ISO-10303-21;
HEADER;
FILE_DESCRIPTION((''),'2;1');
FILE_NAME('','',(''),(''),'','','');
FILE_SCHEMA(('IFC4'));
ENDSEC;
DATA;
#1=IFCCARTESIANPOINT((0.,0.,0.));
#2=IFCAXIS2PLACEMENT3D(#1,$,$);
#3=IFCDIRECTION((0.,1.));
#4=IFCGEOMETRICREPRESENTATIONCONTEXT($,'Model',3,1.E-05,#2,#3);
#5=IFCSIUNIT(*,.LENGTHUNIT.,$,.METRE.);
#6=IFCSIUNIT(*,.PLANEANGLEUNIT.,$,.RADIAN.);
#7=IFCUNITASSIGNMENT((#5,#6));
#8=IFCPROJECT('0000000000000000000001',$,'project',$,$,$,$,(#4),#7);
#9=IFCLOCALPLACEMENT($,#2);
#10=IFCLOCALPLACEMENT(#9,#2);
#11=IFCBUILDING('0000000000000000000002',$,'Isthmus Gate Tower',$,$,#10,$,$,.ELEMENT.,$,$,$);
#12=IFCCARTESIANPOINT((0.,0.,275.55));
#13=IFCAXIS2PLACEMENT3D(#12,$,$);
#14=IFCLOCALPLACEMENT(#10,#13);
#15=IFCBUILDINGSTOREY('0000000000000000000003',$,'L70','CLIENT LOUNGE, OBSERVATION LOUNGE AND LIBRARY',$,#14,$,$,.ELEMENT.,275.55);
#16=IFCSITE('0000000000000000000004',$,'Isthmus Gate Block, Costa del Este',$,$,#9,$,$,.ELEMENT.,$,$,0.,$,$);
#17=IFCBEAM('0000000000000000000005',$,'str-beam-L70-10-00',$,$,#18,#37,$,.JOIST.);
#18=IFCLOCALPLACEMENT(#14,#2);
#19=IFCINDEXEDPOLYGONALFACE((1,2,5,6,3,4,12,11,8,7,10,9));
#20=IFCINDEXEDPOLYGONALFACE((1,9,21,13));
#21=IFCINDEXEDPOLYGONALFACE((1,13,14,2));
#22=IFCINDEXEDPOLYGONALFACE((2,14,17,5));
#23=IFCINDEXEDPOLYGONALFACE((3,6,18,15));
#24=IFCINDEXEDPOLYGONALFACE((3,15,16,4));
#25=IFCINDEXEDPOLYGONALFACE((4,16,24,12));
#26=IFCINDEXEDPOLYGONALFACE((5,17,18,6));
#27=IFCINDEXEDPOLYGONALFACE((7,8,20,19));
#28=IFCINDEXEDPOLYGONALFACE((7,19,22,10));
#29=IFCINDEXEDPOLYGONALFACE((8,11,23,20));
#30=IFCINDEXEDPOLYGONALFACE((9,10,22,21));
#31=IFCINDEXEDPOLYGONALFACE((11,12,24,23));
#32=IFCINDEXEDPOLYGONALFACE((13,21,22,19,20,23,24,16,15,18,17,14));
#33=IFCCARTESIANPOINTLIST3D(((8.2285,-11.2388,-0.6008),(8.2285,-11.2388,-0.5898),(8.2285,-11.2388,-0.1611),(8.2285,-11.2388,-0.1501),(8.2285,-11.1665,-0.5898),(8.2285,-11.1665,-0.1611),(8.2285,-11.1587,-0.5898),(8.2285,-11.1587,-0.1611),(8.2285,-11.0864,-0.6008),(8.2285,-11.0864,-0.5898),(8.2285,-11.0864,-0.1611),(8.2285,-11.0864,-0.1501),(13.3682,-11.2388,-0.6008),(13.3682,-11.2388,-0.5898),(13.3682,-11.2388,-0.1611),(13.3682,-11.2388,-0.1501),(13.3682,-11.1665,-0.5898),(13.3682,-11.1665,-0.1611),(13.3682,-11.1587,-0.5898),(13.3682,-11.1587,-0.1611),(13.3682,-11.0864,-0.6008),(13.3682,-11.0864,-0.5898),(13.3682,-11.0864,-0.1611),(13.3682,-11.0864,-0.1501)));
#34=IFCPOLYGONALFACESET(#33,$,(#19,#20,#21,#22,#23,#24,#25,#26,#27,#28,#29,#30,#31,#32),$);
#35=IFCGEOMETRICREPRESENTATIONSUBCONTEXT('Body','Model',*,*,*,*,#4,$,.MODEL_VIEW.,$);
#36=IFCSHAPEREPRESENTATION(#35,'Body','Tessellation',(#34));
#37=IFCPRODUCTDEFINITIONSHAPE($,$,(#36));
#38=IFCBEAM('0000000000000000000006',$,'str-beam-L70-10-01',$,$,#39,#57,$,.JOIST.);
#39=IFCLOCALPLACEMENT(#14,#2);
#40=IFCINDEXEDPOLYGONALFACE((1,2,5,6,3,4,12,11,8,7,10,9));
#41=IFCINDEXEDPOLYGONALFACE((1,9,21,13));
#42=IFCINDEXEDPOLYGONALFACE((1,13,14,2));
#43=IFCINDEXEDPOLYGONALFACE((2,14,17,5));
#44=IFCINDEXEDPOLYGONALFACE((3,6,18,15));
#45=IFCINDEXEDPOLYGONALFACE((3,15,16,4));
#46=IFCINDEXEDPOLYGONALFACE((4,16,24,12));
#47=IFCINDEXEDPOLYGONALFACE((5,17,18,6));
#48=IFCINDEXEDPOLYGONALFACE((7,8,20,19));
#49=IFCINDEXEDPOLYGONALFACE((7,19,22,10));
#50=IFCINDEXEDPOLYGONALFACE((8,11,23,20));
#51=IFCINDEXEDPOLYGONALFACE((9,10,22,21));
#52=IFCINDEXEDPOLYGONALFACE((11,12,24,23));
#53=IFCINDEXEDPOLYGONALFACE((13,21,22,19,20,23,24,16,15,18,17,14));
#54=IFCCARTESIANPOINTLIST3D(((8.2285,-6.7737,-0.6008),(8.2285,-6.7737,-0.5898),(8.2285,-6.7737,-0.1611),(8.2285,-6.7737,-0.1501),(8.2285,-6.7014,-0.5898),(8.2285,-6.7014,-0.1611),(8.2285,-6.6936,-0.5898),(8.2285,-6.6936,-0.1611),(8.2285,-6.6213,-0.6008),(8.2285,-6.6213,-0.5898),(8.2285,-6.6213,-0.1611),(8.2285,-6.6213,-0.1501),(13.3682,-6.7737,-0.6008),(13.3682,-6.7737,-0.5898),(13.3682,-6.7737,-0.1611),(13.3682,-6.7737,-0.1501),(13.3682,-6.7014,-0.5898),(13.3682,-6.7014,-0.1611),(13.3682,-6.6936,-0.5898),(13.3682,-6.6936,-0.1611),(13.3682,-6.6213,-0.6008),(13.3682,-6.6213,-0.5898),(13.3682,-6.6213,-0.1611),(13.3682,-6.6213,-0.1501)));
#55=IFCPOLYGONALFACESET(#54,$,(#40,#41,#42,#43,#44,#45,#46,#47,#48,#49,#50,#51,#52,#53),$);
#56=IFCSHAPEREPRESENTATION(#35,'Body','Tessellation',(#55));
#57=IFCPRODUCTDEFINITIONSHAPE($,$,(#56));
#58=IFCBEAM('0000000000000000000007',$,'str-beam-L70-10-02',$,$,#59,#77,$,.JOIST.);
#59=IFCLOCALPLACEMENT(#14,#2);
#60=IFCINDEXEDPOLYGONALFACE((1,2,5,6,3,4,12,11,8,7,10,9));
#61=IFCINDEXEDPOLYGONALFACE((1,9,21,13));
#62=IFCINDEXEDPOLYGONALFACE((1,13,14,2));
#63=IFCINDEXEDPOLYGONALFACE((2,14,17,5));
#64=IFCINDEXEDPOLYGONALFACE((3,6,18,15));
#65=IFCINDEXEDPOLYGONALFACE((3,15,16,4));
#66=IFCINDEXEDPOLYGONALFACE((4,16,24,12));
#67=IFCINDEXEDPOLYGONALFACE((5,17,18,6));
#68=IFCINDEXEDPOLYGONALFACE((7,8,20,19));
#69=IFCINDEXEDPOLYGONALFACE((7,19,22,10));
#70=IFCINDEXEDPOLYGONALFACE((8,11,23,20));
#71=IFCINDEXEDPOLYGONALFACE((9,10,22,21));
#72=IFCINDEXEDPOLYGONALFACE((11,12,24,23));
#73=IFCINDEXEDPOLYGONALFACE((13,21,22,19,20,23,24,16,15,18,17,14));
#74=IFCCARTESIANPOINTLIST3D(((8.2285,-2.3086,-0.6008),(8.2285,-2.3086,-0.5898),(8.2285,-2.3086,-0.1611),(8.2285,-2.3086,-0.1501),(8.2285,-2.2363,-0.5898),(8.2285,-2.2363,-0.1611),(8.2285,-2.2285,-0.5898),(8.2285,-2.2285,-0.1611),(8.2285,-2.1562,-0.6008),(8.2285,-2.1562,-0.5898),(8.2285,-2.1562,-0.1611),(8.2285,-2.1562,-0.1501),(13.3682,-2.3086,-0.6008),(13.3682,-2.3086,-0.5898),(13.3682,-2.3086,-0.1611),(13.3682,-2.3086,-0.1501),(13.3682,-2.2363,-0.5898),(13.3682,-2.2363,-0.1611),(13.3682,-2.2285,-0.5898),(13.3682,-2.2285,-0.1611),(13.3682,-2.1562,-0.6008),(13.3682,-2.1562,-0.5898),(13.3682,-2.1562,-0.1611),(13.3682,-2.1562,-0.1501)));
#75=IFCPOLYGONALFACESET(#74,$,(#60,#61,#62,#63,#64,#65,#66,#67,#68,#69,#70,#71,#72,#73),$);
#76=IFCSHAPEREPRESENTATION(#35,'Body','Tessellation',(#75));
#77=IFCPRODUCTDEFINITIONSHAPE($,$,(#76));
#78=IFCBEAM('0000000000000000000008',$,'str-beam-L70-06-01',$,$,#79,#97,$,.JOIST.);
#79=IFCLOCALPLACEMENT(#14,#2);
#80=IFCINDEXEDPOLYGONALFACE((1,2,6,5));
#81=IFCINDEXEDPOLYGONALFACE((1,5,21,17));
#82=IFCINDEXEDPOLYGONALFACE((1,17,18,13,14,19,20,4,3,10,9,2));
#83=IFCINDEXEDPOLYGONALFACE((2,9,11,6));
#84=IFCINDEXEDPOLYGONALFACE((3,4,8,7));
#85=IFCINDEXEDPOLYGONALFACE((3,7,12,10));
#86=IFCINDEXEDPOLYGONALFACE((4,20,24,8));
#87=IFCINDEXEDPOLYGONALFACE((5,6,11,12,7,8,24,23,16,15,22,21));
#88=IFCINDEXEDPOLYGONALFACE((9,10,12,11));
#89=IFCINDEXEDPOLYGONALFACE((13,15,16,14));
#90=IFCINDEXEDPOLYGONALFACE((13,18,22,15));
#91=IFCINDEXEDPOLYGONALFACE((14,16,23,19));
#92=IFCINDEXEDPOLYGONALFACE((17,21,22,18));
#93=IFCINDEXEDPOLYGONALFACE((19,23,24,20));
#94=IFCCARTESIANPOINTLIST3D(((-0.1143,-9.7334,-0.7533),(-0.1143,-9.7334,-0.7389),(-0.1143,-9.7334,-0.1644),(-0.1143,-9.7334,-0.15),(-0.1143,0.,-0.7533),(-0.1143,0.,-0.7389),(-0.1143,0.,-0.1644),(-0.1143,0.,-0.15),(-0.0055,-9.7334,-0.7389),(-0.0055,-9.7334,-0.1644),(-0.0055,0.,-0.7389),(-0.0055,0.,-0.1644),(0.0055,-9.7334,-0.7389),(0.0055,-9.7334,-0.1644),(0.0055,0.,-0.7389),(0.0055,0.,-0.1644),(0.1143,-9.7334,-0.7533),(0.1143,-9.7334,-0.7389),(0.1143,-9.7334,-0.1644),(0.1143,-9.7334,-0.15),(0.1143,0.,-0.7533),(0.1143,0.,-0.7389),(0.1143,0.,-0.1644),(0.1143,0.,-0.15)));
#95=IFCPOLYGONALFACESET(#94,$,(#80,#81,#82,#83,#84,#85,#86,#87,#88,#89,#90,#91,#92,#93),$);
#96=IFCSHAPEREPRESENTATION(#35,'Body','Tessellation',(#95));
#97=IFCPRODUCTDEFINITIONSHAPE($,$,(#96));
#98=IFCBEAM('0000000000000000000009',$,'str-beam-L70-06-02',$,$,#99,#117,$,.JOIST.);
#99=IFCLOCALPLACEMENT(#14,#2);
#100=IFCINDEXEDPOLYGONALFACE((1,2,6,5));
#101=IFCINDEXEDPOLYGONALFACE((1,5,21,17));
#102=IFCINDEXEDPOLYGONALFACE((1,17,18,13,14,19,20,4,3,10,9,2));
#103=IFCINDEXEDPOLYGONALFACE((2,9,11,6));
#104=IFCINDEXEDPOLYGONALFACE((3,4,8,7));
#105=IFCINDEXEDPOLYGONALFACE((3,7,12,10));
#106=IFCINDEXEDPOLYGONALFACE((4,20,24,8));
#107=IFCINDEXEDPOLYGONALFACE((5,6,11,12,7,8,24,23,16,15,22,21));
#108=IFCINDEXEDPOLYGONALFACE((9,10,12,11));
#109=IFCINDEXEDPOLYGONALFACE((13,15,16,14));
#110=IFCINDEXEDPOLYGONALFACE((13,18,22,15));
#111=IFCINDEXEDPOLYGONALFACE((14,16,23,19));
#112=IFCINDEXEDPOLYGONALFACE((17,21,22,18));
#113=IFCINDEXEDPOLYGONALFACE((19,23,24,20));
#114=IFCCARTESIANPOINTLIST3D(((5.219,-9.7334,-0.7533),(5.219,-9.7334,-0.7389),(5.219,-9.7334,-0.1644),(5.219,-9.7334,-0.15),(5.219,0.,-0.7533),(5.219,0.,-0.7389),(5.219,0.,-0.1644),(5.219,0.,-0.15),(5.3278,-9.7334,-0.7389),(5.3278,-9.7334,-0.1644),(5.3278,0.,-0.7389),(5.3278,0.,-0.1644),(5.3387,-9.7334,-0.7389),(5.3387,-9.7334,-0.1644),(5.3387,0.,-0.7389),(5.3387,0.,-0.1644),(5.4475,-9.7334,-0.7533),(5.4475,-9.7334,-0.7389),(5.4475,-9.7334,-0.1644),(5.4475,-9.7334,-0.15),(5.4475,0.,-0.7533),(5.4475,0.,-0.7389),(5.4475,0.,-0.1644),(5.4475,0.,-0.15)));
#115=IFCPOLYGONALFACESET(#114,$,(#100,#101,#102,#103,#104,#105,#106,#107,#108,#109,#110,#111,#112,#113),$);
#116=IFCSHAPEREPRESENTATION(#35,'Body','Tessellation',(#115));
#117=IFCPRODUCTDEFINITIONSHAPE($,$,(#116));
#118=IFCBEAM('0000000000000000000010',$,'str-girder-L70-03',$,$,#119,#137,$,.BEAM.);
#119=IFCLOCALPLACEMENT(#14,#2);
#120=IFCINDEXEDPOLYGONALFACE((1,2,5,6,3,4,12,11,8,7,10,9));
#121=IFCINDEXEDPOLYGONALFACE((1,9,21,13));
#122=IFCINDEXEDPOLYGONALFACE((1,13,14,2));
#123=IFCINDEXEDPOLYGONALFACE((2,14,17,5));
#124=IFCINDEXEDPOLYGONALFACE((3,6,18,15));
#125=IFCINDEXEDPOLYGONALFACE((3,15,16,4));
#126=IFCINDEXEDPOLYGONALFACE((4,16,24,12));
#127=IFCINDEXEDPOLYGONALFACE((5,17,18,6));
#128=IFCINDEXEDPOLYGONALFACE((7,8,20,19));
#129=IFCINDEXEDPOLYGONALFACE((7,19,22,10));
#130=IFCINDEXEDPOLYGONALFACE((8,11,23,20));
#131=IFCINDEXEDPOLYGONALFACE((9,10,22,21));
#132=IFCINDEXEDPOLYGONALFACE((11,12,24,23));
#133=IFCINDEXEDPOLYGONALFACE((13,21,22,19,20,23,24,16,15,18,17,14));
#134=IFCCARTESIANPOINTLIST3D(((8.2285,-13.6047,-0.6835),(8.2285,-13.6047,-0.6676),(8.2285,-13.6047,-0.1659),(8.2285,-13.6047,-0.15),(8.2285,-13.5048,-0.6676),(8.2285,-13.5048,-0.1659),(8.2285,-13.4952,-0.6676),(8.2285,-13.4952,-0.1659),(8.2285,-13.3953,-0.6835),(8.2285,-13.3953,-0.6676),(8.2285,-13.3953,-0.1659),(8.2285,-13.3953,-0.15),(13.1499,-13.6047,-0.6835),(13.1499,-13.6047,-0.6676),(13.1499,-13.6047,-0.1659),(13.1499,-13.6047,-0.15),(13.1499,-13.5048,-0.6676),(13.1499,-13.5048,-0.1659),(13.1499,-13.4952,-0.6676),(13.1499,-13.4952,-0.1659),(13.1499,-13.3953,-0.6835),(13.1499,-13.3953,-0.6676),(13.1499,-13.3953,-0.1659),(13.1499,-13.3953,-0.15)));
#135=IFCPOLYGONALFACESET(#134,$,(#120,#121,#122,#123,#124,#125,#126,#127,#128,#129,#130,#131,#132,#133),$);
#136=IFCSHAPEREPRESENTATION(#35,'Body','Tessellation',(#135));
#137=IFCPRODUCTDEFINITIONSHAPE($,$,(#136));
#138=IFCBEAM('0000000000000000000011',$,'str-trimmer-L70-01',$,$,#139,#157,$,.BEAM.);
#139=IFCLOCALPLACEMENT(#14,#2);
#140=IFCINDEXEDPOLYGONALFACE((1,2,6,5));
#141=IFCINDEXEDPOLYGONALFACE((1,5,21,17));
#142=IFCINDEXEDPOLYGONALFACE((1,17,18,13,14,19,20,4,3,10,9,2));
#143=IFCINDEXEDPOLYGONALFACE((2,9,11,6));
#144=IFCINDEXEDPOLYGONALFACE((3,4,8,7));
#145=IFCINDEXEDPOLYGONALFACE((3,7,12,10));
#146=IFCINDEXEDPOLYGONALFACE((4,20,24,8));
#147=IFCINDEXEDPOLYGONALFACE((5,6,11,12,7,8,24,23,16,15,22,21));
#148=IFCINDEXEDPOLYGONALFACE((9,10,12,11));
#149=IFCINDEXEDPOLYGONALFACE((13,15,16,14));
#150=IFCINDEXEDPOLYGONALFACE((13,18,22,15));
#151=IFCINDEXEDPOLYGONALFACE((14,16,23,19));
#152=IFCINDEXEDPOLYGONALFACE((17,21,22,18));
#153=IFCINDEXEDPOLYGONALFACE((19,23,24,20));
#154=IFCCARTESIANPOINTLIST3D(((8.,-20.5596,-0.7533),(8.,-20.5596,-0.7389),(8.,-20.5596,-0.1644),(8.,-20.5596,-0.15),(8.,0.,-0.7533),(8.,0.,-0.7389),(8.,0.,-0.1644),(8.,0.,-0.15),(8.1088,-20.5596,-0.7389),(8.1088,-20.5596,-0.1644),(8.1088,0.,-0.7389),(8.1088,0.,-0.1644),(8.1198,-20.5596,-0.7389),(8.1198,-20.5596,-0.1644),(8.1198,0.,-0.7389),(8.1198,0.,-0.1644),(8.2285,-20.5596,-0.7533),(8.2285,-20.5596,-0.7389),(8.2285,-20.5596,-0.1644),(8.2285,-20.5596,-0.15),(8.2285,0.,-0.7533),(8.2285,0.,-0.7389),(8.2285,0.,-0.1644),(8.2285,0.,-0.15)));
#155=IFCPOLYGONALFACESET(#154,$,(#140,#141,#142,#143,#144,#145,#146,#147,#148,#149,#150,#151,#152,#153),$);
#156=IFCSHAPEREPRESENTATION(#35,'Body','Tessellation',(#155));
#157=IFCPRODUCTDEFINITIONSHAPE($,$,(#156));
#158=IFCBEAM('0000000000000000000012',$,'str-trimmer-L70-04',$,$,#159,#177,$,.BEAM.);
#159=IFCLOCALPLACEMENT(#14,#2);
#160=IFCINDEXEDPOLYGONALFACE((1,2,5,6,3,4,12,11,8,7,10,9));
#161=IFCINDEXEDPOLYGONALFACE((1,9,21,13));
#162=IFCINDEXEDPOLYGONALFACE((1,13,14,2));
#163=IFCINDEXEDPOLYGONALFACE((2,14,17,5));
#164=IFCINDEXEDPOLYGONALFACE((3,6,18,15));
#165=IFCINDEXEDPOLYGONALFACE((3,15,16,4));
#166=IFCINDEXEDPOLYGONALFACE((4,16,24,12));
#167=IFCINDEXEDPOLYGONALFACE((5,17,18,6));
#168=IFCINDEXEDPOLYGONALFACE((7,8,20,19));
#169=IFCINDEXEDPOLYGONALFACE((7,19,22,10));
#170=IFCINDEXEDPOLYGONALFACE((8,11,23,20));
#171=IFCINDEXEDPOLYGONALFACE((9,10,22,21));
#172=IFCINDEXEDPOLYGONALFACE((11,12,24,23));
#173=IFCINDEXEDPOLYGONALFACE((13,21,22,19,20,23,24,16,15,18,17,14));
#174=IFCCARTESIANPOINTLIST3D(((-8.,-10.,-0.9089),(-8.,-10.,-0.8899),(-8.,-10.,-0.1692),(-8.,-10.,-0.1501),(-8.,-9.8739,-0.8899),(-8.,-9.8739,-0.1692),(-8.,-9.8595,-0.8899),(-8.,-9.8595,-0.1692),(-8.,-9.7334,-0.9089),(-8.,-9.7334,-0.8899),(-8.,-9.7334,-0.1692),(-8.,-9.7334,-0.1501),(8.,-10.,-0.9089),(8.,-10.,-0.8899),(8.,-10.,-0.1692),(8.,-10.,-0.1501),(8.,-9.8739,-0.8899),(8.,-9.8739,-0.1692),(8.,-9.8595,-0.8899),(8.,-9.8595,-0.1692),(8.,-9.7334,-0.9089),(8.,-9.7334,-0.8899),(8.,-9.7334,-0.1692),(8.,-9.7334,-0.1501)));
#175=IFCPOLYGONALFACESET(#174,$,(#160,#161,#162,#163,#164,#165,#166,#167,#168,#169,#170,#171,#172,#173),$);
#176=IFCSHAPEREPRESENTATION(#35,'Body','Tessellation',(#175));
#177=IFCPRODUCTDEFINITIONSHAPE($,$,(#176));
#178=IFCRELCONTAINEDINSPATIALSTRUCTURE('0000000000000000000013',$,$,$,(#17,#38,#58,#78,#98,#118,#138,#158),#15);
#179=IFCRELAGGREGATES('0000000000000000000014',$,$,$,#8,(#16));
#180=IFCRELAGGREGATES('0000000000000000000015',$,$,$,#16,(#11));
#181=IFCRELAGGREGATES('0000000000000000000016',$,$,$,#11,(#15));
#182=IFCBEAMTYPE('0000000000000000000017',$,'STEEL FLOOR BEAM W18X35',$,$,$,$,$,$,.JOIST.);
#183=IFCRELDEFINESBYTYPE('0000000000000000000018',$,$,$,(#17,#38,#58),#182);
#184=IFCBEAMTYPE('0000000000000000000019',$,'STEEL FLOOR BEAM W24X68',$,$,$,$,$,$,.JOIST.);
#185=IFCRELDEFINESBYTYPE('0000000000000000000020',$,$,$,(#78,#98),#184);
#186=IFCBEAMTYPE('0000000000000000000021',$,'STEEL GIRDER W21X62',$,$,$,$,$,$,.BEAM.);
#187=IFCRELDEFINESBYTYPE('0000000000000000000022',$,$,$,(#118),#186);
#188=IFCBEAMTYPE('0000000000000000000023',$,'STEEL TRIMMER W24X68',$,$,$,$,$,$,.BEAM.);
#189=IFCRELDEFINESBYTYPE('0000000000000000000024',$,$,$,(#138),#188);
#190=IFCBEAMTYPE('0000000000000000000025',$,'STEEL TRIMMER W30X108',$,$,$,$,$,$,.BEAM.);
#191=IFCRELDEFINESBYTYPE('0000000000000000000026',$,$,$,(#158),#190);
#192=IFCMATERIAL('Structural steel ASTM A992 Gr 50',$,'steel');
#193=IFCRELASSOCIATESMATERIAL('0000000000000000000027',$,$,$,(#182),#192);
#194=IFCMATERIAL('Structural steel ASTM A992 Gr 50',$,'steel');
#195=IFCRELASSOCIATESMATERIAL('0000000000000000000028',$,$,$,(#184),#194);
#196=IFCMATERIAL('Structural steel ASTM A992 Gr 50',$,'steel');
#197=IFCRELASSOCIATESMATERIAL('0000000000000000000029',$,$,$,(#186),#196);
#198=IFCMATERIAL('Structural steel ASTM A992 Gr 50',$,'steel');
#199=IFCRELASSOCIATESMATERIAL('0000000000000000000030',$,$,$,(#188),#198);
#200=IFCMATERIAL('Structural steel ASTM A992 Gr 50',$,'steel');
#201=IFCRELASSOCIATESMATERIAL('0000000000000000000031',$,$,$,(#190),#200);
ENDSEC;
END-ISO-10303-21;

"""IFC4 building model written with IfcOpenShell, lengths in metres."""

from ifc_helpers import new_model, si_unit, direction, frame, origin, origin_2d, place, context, subcontext, project, spatial, i_section, extrude, material, material_profile, profile_set, type_object, element, save


model = new_model("IFC4")

# Units and contexts
model_context = context("Model", 3, precision=1e-05, world=origin(), true_north=direction((0.0, 1.0)))
body_context = subcontext(model_context, "Body", "Model", "MODEL_VIEW")
ifc_project = project(units=[si_unit("LENGTHUNIT", "METRE"), si_unit("PLANEANGLEUNIT", "RADIAN")], contexts=[model_context])

# Site, building, storey
site_placement = place(None, origin())
site = spatial("IfcSite", under=ifc_project, at=site_placement, Name="Isthmus Gate Block, Costa del Este", CompositionType="ELEMENT", RefElevation=0.0)
building_placement = place(site_placement, origin())
building = spatial("IfcBuilding", under=site, at=building_placement, Name="Isthmus Gate Tower", CompositionType="ELEMENT")
storey_placement = place(building_placement, frame((0.0, 0.0, 275.55)))
storey = spatial("IfcBuildingStorey", under=building, at=storey_placement, Name="L70", Description="CLIENT LOUNGE, OBSERVATION LOUNGE AND LIBRARY", CompositionType="ELEMENT", Elevation=275.55)

# Beams
ifc_material_1 = material(Name="Structural steel ASTM A992 Gr 50", Category="steel")
ifc_material_profile_1 = material_profile(ifc_material_1, i_section(OverallWidth=0.1523, OverallDepth=0.4507, WebThickness=0.0078, FlangeThickness=0.011, at=origin_2d()), Name="W18X35")
ifc_profile_set_1 = profile_set([ifc_material_profile_1], Name="Structural steel ASTM A992 Gr 50")
beam_type_1 = type_object("IfcBeamType", Name="STEEL FLOOR BEAM W18X35", PredefinedType="JOIST", material=ifc_profile_set_1)
for number, where, z_axis, x_axis, name in (
    (1, (8.2285, -11.1626, -0.3755), (1.0, 0.0, 0.0), (0.0, 1.0, 0.0), "str-beam-L70-10-00"),
    (2, (8.2285, -6.6975, -0.3755), (1.0, 0.0, 0.0), (0.0, 1.0, 0.0), "str-beam-L70-10-01"),
    (3, (8.2285, -2.2324, -0.3755), (1.0, 0.0, 0.0), (0.0, 1.0, 0.0), "str-beam-L70-10-02"),
):
    element("IfcBeam", number, at=place(storey_placement, frame(where, z_axis=z_axis, x_axis=x_axis)), inside=storey, type_object=beam_type_1, Name=name, PredefinedType="JOIST", context=body_context, shape_type="SweptSolid", body=[
        extrude(i_section(OverallWidth=0.1523, OverallDepth=0.4507, WebThickness=0.0078, FlangeThickness=0.011, at=origin_2d()), origin(), (0.0, 0.0, 1.0), 5.1396),
    ])
ifc_material_2 = material(Name="Structural steel ASTM A992 Gr 50", Category="steel")
ifc_material_profile_2 = material_profile(ifc_material_2, i_section(OverallWidth=0.2285, OverallDepth=0.6033, WebThickness=0.011, FlangeThickness=0.0144, at=origin_2d()), Name="W24X68")
ifc_profile_set_2 = profile_set([ifc_material_profile_2], Name="Structural steel ASTM A992 Gr 50")
beam_type_2 = type_object("IfcBeamType", Name="STEEL FLOOR BEAM W24X68", PredefinedType="JOIST", material=ifc_profile_set_2)
for number, where, z_axis, x_axis, name in (
    (4, (0.0, -9.7334, -0.4517), (0.0, 1.0, 0.0), (-1.0, 0.0, 0.0), "str-beam-L70-06-01"),
    (5, (5.3333, -9.7334, -0.4517), (0.0, 1.0, 0.0), (-1.0, 0.0, 0.0), "str-beam-L70-06-02"),
):
    element("IfcBeam", number, at=place(storey_placement, frame(where, z_axis=z_axis, x_axis=x_axis)), inside=storey, type_object=beam_type_2, Name=name, PredefinedType="JOIST", context=body_context, shape_type="SweptSolid", body=[
        extrude(i_section(OverallWidth=0.2285, OverallDepth=0.6033, WebThickness=0.011, FlangeThickness=0.0144, at=origin_2d()), origin(), (0.0, 0.0, 1.0), 9.7334),
    ])
ifc_material_3 = material(Name="Structural steel ASTM A992 Gr 50", Category="steel")
ifc_material_profile_3 = material_profile(ifc_material_3, i_section(OverallWidth=0.2095, OverallDepth=0.5334, WebThickness=0.0095, FlangeThickness=0.0159, at=origin_2d()), Name="W21X62")
ifc_profile_set_3 = profile_set([ifc_material_profile_3], Name="Structural steel ASTM A992 Gr 50")
beam_type_3 = type_object("IfcBeamType", Name="STEEL GIRDER W21X62", PredefinedType="BEAM", material=ifc_profile_set_3)
beam_1_placement = place(storey_placement, frame((8.2285, -13.5, -0.4167), z_axis=(1.0, 0.0, 0.0), x_axis=(0.0, 1.0, 0.0)))
element("IfcBeam", 6, at=beam_1_placement, inside=storey, type_object=beam_type_3, Name="str-girder-L70-03", PredefinedType="BEAM", context=body_context, shape_type="SweptSolid", body=[
    extrude(i_section(OverallWidth=0.2095, OverallDepth=0.5334, WebThickness=0.0095, FlangeThickness=0.0159, at=origin_2d()), origin(), (0.0, 0.0, 1.0), 4.9214),
])
ifc_material_4 = material(Name="Structural steel ASTM A992 Gr 50", Category="steel")
ifc_material_profile_4 = material_profile(ifc_material_4, i_section(OverallWidth=0.2285, OverallDepth=0.6033, WebThickness=0.011, FlangeThickness=0.0144, at=origin_2d()), Name="W24X68")
ifc_profile_set_4 = profile_set([ifc_material_profile_4], Name="Structural steel ASTM A992 Gr 50")
beam_type_4 = type_object("IfcBeamType", Name="STEEL TRIMMER W24X68", PredefinedType="BEAM", material=ifc_profile_set_4)
beam_2_placement = place(storey_placement, frame((8.1143, -20.5596, -0.4517), z_axis=(0.0, 1.0, 0.0), x_axis=(-1.0, 0.0, 0.0)))
element("IfcBeam", 7, at=beam_2_placement, inside=storey, type_object=beam_type_4, Name="str-trimmer-L70-01", PredefinedType="BEAM", context=body_context, shape_type="SweptSolid", body=[
    extrude(i_section(OverallWidth=0.2285, OverallDepth=0.6033, WebThickness=0.011, FlangeThickness=0.0144, at=origin_2d()), origin(), (0.0, 0.0, 1.0), 20.5596),
])
ifc_material_5 = material(Name="Structural steel ASTM A992 Gr 50", Category="steel")
ifc_material_profile_5 = material_profile(ifc_material_5, i_section(OverallWidth=0.2666, OverallDepth=0.7588, WebThickness=0.0144, FlangeThickness=0.019, at=origin_2d()), Name="W30X108")
ifc_profile_set_5 = profile_set([ifc_material_profile_5], Name="Structural steel ASTM A992 Gr 50")
beam_type_5 = type_object("IfcBeamType", Name="STEEL TRIMMER W30X108", PredefinedType="BEAM", material=ifc_profile_set_5)
beam_3_placement = place(storey_placement, frame((8.0, -9.8667, -0.5295), z_axis=(-1.0, 0.0, 0.0), x_axis=(0.0, -1.0, 0.0)))
element("IfcBeam", 8, at=beam_3_placement, inside=storey, type_object=beam_type_5, Name="str-trimmer-L70-04", PredefinedType="BEAM", context=body_context, shape_type="SweptSolid", body=[
    extrude(i_section(OverallWidth=0.2666, OverallDepth=0.7588, WebThickness=0.0144, FlangeThickness=0.019, at=origin_2d()), origin(), (0.0, 0.0, 1.0), 16.0),
])

save(model, "model.ifc")
